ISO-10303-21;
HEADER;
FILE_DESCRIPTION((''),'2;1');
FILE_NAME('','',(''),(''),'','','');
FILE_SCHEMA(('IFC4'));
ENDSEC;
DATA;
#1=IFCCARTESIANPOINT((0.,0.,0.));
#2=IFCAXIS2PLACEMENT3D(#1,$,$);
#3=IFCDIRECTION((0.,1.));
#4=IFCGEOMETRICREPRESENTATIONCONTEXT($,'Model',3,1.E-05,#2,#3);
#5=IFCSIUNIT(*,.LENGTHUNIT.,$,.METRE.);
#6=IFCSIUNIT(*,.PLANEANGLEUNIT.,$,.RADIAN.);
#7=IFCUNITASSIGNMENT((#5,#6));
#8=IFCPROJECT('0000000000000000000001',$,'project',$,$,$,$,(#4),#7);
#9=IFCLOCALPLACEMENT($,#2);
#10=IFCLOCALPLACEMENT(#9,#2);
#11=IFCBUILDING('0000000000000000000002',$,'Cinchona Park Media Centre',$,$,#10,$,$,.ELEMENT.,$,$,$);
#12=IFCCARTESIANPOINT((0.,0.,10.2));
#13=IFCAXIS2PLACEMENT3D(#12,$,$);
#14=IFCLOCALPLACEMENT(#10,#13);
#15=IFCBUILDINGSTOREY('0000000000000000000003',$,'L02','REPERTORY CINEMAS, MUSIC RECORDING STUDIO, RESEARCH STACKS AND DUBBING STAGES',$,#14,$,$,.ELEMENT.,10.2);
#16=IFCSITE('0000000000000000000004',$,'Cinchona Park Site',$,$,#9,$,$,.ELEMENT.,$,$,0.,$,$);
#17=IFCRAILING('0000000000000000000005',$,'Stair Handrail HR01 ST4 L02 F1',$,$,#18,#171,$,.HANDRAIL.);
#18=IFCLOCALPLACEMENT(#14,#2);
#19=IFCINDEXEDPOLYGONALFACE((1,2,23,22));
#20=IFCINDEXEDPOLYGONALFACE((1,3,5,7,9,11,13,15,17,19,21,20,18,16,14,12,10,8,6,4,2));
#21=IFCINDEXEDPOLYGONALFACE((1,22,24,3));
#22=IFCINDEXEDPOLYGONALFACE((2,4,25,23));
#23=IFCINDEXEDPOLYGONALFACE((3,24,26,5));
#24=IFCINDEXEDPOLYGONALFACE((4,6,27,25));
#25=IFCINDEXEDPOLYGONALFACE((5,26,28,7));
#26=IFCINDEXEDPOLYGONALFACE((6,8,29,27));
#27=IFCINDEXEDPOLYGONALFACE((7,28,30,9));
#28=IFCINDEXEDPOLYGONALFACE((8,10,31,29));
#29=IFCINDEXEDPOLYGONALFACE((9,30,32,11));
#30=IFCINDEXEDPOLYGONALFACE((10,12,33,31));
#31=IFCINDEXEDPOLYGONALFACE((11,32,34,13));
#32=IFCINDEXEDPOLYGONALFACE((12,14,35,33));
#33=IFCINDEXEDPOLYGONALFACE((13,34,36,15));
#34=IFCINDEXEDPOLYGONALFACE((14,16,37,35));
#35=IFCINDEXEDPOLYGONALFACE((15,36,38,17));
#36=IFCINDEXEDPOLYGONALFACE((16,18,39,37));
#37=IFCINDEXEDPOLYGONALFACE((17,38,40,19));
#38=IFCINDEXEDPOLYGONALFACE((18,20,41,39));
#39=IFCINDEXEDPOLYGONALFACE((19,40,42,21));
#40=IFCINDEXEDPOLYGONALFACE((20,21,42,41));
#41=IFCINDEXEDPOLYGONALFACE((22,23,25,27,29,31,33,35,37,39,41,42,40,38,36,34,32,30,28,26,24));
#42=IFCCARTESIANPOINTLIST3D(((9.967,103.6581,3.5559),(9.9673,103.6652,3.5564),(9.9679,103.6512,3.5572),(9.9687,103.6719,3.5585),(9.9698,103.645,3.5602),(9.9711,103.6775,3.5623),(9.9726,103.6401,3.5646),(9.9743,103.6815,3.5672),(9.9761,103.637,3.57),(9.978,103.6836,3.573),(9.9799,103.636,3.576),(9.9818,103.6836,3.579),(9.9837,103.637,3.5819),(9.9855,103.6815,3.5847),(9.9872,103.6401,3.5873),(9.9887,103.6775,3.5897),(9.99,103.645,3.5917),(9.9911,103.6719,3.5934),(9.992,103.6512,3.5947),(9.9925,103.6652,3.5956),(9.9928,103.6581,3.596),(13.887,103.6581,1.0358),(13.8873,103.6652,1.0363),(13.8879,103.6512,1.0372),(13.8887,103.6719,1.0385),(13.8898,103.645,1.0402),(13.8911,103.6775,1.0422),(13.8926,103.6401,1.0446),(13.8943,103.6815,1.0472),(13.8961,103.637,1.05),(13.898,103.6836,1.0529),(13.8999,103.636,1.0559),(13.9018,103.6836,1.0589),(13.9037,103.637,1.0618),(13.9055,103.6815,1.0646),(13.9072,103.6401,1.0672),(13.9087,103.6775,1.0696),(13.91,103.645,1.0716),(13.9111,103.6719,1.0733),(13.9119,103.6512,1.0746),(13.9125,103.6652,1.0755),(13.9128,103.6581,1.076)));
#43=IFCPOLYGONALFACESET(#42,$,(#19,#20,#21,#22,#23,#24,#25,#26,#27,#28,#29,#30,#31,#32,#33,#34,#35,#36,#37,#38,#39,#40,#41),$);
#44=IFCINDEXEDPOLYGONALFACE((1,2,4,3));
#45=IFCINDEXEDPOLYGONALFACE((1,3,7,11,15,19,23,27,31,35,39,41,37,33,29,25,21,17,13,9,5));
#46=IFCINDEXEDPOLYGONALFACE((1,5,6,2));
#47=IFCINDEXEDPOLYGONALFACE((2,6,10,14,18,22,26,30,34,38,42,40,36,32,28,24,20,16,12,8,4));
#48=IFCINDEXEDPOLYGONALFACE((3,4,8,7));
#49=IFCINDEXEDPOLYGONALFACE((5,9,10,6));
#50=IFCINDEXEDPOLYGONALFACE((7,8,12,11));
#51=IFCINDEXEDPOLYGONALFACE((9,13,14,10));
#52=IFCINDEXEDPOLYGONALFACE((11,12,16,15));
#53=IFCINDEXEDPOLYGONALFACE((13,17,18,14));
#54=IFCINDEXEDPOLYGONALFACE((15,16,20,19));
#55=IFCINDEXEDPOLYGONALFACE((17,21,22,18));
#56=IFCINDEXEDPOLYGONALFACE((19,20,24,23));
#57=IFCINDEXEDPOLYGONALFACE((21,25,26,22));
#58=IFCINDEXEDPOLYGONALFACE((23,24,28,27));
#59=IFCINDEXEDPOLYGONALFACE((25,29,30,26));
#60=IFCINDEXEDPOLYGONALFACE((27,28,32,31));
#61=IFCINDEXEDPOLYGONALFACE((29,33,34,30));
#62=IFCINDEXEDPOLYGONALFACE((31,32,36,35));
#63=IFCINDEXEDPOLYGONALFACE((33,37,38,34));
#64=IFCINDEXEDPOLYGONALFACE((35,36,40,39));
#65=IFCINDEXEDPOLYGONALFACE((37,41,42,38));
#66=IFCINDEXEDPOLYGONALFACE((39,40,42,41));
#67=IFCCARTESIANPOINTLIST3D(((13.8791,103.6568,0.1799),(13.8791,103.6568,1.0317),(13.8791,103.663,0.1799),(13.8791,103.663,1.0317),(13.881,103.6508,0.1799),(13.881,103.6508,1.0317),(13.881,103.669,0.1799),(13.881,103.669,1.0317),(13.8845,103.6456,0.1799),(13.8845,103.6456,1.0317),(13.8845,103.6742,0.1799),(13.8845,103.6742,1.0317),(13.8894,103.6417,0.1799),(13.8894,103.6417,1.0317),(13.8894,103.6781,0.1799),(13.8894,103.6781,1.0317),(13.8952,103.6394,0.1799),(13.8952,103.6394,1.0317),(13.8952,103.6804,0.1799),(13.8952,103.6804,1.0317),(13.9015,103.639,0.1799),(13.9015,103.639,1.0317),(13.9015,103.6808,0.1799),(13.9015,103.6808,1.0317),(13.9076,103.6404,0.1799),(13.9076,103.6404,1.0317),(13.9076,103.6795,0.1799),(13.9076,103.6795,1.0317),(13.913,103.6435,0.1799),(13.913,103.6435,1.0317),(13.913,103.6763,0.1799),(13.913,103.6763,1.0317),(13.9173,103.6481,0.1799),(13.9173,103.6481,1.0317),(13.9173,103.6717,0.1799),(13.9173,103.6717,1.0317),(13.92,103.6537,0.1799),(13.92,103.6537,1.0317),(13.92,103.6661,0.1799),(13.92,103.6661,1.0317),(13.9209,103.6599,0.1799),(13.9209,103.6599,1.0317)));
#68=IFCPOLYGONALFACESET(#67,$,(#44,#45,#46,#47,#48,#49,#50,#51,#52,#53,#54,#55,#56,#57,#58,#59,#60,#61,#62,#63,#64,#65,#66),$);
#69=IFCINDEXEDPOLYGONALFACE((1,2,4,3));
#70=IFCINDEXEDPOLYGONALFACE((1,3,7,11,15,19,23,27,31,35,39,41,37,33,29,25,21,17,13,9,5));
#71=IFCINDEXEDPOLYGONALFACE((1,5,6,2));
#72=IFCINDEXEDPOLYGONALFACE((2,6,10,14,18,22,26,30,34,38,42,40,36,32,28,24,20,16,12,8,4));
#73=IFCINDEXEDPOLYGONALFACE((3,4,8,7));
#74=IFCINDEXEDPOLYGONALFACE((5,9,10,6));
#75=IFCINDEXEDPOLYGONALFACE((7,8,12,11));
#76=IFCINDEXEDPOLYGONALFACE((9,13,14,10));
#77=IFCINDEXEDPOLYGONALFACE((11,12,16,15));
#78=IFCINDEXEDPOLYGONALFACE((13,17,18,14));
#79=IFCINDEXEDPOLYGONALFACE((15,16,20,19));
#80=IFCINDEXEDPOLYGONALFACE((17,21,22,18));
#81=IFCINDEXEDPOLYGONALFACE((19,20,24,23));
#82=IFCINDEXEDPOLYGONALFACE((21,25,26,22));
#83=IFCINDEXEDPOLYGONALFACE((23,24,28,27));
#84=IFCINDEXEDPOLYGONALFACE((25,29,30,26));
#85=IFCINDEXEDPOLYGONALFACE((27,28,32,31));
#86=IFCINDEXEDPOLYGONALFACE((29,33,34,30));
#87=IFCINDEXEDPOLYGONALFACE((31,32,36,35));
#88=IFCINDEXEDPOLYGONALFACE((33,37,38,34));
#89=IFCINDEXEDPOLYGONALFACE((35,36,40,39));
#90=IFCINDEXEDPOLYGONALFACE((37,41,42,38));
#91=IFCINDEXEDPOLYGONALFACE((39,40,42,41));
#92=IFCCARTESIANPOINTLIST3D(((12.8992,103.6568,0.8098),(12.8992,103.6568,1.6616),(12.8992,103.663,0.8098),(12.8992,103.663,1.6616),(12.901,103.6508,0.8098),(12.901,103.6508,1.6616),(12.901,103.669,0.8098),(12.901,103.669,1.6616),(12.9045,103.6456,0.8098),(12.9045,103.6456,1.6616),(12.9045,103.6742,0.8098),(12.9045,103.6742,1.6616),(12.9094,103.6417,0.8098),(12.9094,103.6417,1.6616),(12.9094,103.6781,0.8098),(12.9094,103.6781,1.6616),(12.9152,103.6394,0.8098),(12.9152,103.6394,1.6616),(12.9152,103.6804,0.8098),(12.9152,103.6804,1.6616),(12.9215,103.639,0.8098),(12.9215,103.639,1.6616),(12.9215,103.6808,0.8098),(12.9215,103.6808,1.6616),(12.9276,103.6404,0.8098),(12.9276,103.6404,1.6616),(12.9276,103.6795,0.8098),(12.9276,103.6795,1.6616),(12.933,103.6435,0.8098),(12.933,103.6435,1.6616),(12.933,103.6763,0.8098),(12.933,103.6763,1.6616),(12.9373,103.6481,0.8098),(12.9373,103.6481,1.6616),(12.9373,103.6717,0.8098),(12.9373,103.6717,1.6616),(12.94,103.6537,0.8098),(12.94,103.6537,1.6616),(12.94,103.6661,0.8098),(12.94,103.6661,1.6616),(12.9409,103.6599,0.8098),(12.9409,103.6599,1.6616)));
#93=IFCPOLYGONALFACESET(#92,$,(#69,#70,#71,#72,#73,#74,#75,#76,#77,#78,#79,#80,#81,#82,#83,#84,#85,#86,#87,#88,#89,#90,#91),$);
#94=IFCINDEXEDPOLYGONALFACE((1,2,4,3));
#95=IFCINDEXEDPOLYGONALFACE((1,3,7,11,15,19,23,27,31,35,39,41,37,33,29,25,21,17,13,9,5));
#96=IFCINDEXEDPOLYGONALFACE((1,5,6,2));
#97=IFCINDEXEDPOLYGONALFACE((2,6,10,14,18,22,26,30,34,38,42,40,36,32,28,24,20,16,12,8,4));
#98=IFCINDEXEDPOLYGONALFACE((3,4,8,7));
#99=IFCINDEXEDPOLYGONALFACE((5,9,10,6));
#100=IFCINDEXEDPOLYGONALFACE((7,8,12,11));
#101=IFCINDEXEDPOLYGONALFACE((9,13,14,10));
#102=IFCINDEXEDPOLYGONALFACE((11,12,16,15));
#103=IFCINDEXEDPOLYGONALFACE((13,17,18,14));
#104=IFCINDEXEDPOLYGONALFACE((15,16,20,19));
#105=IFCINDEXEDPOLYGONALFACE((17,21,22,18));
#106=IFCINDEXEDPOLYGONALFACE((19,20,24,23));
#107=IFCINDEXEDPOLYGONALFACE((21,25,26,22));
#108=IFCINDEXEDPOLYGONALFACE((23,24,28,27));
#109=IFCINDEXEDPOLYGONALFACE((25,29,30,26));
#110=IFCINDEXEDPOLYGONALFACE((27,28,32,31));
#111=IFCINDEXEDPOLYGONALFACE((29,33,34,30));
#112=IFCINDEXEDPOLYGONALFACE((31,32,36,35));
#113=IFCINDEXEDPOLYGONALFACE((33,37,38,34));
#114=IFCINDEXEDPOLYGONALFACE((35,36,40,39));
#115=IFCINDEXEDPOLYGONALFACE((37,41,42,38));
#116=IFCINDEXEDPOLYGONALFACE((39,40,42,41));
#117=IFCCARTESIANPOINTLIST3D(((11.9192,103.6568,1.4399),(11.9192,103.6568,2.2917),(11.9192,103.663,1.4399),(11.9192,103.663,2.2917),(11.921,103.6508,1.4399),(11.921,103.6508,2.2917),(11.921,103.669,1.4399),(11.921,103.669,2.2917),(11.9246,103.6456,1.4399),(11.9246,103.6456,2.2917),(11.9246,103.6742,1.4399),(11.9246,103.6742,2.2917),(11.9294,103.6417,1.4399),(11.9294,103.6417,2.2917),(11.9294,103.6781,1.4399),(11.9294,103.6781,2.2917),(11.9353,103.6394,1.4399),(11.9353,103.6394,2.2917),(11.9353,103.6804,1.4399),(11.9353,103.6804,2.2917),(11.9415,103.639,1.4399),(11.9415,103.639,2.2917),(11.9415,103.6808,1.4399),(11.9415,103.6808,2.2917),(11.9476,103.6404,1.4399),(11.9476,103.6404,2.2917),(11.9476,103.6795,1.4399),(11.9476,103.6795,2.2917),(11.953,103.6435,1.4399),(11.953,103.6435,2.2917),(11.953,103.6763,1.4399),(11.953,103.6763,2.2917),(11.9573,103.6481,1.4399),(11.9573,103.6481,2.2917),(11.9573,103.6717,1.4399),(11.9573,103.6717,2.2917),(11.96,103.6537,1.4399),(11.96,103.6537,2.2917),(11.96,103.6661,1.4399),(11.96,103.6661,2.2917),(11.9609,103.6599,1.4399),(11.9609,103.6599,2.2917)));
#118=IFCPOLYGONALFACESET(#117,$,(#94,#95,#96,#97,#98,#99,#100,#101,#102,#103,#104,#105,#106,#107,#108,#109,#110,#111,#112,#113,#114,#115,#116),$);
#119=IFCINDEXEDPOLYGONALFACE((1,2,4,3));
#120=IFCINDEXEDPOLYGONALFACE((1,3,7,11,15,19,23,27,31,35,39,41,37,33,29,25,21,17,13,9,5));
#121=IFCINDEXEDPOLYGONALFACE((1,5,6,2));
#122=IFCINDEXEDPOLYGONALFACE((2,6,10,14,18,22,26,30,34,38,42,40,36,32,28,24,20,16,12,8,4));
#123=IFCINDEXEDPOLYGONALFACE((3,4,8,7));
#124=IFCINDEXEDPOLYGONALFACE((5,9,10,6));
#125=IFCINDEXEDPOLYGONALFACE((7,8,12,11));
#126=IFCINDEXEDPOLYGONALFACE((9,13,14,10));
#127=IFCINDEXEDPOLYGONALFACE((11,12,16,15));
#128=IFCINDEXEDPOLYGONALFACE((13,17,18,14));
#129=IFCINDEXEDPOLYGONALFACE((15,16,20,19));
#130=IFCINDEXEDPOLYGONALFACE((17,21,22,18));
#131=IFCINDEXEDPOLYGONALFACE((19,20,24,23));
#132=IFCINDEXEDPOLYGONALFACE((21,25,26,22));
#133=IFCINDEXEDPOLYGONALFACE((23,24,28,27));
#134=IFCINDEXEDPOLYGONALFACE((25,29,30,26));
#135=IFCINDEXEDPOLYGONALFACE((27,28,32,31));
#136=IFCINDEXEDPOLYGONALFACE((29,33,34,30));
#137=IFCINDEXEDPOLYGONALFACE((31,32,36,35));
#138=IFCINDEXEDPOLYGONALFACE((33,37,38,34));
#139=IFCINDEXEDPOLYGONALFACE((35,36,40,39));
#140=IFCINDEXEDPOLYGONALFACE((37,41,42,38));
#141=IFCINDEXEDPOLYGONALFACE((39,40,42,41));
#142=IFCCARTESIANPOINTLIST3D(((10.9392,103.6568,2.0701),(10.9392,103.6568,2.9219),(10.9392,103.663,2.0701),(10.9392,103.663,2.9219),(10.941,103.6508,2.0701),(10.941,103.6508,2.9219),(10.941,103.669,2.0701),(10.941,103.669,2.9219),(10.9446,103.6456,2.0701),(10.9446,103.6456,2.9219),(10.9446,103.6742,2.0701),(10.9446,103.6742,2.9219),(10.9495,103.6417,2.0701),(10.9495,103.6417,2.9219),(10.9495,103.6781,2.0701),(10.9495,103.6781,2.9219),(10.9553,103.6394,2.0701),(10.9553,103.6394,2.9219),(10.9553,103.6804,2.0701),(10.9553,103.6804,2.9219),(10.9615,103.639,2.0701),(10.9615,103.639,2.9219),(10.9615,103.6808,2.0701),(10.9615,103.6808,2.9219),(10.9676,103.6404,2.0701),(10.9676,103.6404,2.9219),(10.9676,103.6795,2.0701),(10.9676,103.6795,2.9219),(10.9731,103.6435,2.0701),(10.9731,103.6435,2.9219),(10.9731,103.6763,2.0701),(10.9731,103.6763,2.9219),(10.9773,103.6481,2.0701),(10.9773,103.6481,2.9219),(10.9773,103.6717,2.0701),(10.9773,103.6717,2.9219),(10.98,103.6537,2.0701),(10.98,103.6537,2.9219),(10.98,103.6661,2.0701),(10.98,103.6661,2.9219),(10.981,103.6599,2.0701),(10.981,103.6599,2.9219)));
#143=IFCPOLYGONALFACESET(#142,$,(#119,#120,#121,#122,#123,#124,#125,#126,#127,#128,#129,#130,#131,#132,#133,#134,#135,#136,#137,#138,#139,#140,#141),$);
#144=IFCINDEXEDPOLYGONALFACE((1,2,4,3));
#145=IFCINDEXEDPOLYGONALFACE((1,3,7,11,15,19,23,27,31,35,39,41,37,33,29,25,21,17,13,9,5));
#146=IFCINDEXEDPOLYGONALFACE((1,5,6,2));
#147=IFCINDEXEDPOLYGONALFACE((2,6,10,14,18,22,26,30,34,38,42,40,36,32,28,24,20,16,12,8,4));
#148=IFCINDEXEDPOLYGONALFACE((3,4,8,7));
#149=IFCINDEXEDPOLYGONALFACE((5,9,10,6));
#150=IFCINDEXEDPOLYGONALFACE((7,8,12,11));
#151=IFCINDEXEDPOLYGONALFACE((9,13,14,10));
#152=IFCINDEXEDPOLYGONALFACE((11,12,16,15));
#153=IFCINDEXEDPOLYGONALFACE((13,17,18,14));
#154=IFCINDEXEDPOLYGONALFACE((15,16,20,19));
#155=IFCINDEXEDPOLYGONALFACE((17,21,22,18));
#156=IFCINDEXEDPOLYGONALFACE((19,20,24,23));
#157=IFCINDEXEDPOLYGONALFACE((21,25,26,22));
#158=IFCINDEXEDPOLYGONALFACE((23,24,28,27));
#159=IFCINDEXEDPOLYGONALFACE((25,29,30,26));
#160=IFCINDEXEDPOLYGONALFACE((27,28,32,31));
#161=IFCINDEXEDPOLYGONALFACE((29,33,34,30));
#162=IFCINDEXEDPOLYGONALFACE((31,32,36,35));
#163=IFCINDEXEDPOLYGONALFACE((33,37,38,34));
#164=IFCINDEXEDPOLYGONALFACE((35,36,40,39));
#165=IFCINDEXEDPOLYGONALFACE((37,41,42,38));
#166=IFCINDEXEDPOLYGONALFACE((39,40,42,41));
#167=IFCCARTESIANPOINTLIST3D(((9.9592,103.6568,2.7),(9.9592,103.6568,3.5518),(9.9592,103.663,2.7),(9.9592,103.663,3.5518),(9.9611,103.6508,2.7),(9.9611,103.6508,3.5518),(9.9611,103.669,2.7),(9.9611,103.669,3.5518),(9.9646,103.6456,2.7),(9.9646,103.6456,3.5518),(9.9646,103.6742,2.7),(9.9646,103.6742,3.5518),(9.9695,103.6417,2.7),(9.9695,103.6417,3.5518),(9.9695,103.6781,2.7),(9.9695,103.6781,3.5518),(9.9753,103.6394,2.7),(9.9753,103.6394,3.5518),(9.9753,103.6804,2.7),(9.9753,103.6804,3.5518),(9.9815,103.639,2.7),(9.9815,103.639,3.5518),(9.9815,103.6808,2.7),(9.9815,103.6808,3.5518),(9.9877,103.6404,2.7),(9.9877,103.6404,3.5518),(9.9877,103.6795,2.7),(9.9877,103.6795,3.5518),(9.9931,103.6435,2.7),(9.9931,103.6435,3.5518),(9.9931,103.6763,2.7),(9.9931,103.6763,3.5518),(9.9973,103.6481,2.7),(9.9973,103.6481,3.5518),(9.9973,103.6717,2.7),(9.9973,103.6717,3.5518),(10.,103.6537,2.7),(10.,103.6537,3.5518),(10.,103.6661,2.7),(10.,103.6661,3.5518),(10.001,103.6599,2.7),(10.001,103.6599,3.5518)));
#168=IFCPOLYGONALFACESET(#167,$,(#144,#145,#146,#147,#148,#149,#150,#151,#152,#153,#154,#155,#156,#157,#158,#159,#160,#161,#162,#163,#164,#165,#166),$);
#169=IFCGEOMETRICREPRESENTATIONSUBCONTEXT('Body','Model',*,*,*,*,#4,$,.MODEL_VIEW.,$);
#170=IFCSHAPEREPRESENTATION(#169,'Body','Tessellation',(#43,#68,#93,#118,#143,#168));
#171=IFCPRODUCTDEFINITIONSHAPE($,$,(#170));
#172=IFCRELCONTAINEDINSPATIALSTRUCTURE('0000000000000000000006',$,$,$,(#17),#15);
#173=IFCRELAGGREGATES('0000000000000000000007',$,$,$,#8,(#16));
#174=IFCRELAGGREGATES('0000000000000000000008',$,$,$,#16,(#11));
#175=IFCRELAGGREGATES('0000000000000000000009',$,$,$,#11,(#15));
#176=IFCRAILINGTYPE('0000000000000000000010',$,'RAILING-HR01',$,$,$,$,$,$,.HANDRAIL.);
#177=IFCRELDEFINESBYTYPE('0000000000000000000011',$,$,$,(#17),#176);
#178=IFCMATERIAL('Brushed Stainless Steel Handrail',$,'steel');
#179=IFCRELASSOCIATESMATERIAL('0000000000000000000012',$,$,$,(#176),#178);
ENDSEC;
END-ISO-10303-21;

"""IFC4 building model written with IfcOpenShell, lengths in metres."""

from ifc_helpers import new_model, si_unit, direction, frame, origin, origin_2d, place, context, subcontext, project, spatial, circle, extrude, material, type_object, element, save


model = new_model("IFC4")

# Units and contexts
model_context = context("Model", 3, precision=1e-05, world=origin(), true_north=direction((0.0, 1.0)))
body_context = subcontext(model_context, "Body", "Model", "MODEL_VIEW")
ifc_project = project(units=[si_unit("LENGTHUNIT", "METRE"), si_unit("PLANEANGLEUNIT", "RADIAN")], contexts=[model_context])

# Site, building, storey
site_placement = place(None, origin())
site = spatial("IfcSite", under=ifc_project, at=site_placement, Name="Cinchona Park Site", CompositionType="ELEMENT", RefElevation=0.0)
building_placement = place(site_placement, origin())
building = spatial("IfcBuilding", under=site, at=building_placement, Name="Cinchona Park Media Centre", CompositionType="ELEMENT")
storey_placement = place(building_placement, frame((0.0, 0.0, 10.2)))
storey = spatial("IfcBuildingStorey", under=building, at=storey_placement, Name="L02", Description="REPERTORY CINEMAS, MUSIC RECORDING STUDIO, RESEARCH STACKS AND DUBBING STAGES", CompositionType="ELEMENT", Elevation=10.2)

# Railing
ifc_material_1 = material(Name="Brushed Stainless Steel Handrail", Category="steel")
railing_type_1 = type_object("IfcRailingType", Name="RAILING-HR01", PredefinedType="HANDRAIL", material=ifc_material_1)
railing_1_placement = place(storey_placement, frame((13.8999, 103.6599, 0.1799)))
element("IfcRailing", 1, at=railing_1_placement, inside=storey, type_object=railing_type_1, Name="Stair Handrail HR01 ST4 L02 F1", PredefinedType="HANDRAIL", context=body_context, shape_type="SweptSolid", body=[
    extrude(circle(Radius=0.0239, at=origin_2d()), frame((0.0, 0.0, 0.876), z_axis=(-0.841172, 0.0, 0.540768), x_axis=(0.0, -1.0, 0.0)), (0.0, 0.0, 1.0), 4.6602),
    extrude(circle(Radius=0.021, at=origin_2d()), origin(), (0.0, 0.0, 1.0), 0.8518),
    extrude(circle(Radius=0.021, at=origin_2d()), frame((-0.98, 0.0, 0.6299)), (0.0, 0.0, 1.0), 0.8518),
    extrude(circle(Radius=0.021, at=origin_2d()), frame((-1.96, 0.0, 1.26)), (0.0, 0.0, 1.0), 0.8518),
    extrude(circle(Radius=0.021, at=origin_2d()), frame((-2.9399, 0.0, 1.8901)), (0.0, 0.0, 1.0), 0.8518),
    extrude(circle(Radius=0.021, at=origin_2d()), frame((-3.9199, 0.0, 2.52)), (0.0, 0.0, 1.0), 0.8518),
])

save(model, "model.ifc")
